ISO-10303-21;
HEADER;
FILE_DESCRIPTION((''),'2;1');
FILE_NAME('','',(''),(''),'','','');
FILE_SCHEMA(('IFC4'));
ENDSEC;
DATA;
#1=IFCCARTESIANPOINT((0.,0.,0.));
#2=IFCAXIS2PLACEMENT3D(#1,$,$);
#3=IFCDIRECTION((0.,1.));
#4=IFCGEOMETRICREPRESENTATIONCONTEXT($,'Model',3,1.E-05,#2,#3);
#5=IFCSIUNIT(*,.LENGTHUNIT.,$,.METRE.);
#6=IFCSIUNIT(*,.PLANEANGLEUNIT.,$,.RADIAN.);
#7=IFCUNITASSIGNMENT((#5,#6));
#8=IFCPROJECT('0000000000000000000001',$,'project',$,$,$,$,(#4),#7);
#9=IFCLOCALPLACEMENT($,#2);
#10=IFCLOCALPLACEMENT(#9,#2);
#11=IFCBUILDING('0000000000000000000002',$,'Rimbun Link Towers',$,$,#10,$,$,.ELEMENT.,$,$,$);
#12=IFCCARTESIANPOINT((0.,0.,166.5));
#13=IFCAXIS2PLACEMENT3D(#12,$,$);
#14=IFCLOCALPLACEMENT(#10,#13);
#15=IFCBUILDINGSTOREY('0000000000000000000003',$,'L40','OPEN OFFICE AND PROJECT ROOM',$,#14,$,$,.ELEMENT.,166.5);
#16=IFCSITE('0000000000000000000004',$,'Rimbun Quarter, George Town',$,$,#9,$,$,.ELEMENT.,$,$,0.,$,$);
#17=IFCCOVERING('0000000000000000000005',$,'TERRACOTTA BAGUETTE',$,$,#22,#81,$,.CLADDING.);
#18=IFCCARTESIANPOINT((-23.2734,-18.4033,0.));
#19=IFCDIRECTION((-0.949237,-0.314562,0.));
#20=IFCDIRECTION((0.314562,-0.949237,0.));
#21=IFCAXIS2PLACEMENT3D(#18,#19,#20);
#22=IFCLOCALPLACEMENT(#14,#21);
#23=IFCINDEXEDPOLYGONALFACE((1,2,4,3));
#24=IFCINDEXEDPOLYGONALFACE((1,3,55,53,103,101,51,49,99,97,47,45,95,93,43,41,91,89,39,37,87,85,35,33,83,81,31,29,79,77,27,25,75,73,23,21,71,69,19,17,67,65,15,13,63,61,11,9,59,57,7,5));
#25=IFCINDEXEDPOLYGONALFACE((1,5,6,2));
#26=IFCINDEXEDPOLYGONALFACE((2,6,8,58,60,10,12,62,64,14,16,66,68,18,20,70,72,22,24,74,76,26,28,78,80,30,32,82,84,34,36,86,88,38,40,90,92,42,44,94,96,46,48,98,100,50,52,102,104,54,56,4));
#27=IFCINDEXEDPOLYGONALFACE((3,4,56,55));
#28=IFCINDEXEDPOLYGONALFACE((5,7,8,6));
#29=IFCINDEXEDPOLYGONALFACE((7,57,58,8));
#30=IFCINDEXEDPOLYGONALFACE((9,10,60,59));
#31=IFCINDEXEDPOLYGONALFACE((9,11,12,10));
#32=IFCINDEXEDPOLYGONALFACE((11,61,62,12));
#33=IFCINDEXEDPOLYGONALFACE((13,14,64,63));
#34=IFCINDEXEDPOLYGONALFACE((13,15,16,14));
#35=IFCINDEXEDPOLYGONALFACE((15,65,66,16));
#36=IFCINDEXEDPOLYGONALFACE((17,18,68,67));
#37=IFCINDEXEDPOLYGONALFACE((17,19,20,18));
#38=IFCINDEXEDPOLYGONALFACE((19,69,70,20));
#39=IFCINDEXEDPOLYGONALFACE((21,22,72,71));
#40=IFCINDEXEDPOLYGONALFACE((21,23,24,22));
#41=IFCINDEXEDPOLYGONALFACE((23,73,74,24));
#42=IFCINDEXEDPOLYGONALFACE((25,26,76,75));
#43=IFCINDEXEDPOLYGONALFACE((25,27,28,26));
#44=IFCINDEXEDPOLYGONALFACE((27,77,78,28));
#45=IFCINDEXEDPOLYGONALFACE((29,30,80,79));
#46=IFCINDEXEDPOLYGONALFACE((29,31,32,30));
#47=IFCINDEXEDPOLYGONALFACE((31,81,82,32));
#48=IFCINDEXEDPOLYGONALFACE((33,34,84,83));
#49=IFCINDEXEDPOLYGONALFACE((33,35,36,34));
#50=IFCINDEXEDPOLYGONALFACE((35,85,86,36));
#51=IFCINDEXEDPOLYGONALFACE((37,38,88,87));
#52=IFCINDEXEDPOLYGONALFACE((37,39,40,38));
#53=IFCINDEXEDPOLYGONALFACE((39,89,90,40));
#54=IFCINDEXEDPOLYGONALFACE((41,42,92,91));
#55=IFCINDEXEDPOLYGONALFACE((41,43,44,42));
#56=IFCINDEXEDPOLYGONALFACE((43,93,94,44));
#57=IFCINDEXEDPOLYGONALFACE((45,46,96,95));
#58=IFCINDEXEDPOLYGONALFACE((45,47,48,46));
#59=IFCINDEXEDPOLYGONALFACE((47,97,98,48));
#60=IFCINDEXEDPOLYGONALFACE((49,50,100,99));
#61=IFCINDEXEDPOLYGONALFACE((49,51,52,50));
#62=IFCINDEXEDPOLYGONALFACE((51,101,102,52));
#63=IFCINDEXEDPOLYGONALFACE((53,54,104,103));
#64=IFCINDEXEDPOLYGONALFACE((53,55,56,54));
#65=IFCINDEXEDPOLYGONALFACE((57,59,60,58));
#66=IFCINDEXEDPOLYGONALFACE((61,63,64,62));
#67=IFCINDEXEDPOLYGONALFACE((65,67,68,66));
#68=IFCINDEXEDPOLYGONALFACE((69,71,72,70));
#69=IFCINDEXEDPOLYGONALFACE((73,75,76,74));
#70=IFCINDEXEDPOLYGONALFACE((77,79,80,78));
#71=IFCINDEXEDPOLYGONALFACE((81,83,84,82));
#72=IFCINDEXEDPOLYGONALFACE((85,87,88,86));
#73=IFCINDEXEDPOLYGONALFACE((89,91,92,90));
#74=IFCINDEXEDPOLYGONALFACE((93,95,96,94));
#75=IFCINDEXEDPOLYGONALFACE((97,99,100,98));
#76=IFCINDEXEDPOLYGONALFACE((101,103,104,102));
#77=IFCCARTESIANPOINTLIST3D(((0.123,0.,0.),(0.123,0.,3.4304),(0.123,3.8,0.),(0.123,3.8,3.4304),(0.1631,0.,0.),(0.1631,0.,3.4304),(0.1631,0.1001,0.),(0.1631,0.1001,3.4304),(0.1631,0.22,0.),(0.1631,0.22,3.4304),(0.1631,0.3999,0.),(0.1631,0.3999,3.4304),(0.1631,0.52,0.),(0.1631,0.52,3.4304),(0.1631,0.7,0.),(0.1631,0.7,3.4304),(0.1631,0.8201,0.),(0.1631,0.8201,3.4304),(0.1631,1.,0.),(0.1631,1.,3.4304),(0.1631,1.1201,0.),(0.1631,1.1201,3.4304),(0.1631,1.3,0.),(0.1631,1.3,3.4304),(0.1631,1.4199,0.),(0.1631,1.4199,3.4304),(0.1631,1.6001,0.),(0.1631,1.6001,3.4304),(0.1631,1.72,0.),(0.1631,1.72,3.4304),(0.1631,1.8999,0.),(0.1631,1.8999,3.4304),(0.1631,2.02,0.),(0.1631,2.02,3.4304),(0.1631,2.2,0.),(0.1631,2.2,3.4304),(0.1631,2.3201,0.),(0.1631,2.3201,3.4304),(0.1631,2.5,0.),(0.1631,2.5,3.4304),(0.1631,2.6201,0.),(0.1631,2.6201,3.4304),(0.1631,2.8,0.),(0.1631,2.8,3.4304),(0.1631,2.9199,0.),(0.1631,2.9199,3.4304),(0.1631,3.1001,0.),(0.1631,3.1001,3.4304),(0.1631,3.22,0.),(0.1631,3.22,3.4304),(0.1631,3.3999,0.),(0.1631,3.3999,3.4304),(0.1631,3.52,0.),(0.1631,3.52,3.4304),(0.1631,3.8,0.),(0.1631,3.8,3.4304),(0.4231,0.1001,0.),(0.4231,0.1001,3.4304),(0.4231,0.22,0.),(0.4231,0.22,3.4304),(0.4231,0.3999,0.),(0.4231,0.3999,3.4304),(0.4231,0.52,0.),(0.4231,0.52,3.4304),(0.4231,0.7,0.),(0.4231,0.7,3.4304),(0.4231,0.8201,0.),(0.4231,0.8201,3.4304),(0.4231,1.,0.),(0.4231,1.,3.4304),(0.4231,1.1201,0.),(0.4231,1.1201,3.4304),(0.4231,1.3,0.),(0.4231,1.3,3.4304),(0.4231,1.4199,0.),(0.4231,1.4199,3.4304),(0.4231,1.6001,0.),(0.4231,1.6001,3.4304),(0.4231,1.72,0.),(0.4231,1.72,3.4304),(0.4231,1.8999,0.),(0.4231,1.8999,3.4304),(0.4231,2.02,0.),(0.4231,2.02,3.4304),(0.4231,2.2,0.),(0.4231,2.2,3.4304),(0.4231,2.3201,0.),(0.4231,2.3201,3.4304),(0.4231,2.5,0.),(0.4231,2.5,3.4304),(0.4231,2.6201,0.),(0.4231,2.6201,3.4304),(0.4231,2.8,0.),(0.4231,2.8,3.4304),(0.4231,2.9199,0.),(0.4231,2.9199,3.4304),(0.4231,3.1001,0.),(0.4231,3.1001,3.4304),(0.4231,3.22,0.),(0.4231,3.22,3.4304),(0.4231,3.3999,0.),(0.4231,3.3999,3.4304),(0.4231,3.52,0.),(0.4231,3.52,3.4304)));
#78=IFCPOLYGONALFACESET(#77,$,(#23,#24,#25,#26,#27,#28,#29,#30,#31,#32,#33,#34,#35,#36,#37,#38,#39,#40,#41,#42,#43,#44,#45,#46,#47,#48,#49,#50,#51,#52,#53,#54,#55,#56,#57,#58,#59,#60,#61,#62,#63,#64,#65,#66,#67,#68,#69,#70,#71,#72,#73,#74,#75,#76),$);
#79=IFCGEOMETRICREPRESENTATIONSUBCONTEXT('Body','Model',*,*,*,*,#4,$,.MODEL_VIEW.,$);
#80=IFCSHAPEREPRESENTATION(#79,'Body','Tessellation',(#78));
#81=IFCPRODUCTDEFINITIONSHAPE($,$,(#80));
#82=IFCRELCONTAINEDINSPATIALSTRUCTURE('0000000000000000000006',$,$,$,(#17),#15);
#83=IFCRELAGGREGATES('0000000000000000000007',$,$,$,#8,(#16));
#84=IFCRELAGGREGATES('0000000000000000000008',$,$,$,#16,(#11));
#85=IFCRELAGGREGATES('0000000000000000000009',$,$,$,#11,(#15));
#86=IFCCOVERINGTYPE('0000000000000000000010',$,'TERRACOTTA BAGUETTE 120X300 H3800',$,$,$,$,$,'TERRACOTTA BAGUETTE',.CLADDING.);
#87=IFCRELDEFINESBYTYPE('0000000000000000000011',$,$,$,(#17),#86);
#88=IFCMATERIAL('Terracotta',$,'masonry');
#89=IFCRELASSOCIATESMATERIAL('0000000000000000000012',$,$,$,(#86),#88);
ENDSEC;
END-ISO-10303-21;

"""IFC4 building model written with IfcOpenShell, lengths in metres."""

from ifc_helpers import new_model, si_unit, direction, frame, origin, place, context, subcontext, project, spatial, polyline, outline, extrude, material, material_profile, profile_set, type_object, element, save


model = new_model("IFC4")

# Units and contexts
model_context = context("Model", 3, precision=1e-05, world=origin(), true_north=direction((0.0, 1.0)))
body_context = subcontext(model_context, "Body", "Model", "MODEL_VIEW")
ifc_project = project(units=[si_unit("LENGTHUNIT", "METRE"), si_unit("PLANEANGLEUNIT", "RADIAN")], contexts=[model_context])

# Site, building, storey
site_placement = place(None, origin())
site = spatial("IfcSite", under=ifc_project, at=site_placement, Name="Rimbun Quarter, George Town", CompositionType="ELEMENT", RefElevation=0.0)
building_placement = place(site_placement, origin())
building = spatial("IfcBuilding", under=site, at=building_placement, Name="Rimbun Link Towers", CompositionType="ELEMENT")
storey_placement = place(building_placement, frame((0.0, 0.0, 166.5)))
storey = spatial("IfcBuildingStorey", under=building, at=storey_placement, Name="L40", Description="OPEN OFFICE AND PROJECT ROOM", CompositionType="ELEMENT", Elevation=166.5)

# Covering
ifc_material_1 = material(Name="Terracotta", Category="masonry")
ifc_material_profile_1 = material_profile(ifc_material_1, outline(polyline([(0.123, 0.0), (0.1631, 0.0), (0.1631, 0.1001), (0.4231, 0.1001), (0.4231, 0.22), (0.1631, 0.22), (0.1631, 0.3999), (0.4231, 0.3999), (0.4231, 0.52), (0.1631, 0.52), (0.1631, 0.7), (0.4231, 0.7), (0.4231, 0.8201), (0.1631, 0.8201), (0.1631, 1.0), (0.4231, 1.0), (0.4231, 1.1201), (0.1631, 1.1201), (0.1631, 1.3), (0.4231, 1.3), (0.4231, 1.4199), (0.1631, 1.4199), (0.1631, 1.6001), (0.4231, 1.6001), (0.4231, 1.72), (0.1631, 1.72), (0.1631, 1.8999), (0.4231, 1.8999), (0.4231, 2.02), (0.1631, 2.02), (0.1631, 2.2), (0.4231, 2.2), (0.4231, 2.3201), (0.1631, 2.3201), (0.1631, 2.5), (0.4231, 2.5), (0.4231, 2.6201), (0.1631, 2.6201), (0.1631, 2.8), (0.4231, 2.8), (0.4231, 2.9199), (0.1631, 2.9199), (0.1631, 3.1001), (0.4231, 3.1001), (0.4231, 3.22), (0.1631, 3.22), (0.1631, 3.3999), (0.4231, 3.3999), (0.4231, 3.52), (0.1631, 3.52), (0.1631, 3.8), (0.123, 3.8), (0.123, 0.0)])), Name="BAGUETTE 120X300")
ifc_profile_set_1 = profile_set([ifc_material_profile_1], Name="Terracotta")
covering_type = type_object("IfcCoveringType", Name="TERRACOTTA BAGUETTE 120X300 H3800", ElementType="TERRACOTTA BAGUETTE", PredefinedType="CLADDING", material=ifc_profile_set_1)
covering_1_placement = place(storey_placement, frame((-23.2734, -18.4033, 0.0), z_axis=(-0.949237, -0.314562, 0.0), x_axis=(0.314562, -0.949237, 0.0)))
element("IfcCovering", 1, at=covering_1_placement, inside=storey, type_object=covering_type, Name="TERRACOTTA BAGUETTE", PredefinedType="CLADDING", context=body_context, shape_type="SweptSolid", body=[
    extrude(outline(polyline([(0.123, 0.0), (0.1631, 0.0), (0.1631, 0.1001), (0.4231, 0.1001), (0.4231, 0.22), (0.1631, 0.22), (0.1631, 0.3999), (0.4231, 0.3999), (0.4231, 0.52), (0.1631, 0.52), (0.1631, 0.7), (0.4231, 0.7), (0.4231, 0.8201), (0.1631, 0.8201), (0.1631, 1.0), (0.4231, 1.0), (0.4231, 1.1201), (0.1631, 1.1201), (0.1631, 1.3), (0.4231, 1.3), (0.4231, 1.4199), (0.1631, 1.4199), (0.1631, 1.6001), (0.4231, 1.6001), (0.4231, 1.72), (0.1631, 1.72), (0.1631, 1.8999), (0.4231, 1.8999), (0.4231, 2.02), (0.1631, 2.02), (0.1631, 2.2), (0.4231, 2.2), (0.4231, 2.3201), (0.1631, 2.3201), (0.1631, 2.5), (0.4231, 2.5), (0.4231, 2.6201), (0.1631, 2.6201), (0.1631, 2.8), (0.4231, 2.8), (0.4231, 2.9199), (0.1631, 2.9199), (0.1631, 3.1001), (0.4231, 3.1001), (0.4231, 3.22), (0.1631, 3.22), (0.1631, 3.3999), (0.4231, 3.3999), (0.4231, 3.52), (0.1631, 3.52), (0.1631, 3.8), (0.123, 3.8), (0.123, 0.0)])), origin(), (0.0, 0.0, 1.0), 3.4304),
])

save(model, "model.ifc")
